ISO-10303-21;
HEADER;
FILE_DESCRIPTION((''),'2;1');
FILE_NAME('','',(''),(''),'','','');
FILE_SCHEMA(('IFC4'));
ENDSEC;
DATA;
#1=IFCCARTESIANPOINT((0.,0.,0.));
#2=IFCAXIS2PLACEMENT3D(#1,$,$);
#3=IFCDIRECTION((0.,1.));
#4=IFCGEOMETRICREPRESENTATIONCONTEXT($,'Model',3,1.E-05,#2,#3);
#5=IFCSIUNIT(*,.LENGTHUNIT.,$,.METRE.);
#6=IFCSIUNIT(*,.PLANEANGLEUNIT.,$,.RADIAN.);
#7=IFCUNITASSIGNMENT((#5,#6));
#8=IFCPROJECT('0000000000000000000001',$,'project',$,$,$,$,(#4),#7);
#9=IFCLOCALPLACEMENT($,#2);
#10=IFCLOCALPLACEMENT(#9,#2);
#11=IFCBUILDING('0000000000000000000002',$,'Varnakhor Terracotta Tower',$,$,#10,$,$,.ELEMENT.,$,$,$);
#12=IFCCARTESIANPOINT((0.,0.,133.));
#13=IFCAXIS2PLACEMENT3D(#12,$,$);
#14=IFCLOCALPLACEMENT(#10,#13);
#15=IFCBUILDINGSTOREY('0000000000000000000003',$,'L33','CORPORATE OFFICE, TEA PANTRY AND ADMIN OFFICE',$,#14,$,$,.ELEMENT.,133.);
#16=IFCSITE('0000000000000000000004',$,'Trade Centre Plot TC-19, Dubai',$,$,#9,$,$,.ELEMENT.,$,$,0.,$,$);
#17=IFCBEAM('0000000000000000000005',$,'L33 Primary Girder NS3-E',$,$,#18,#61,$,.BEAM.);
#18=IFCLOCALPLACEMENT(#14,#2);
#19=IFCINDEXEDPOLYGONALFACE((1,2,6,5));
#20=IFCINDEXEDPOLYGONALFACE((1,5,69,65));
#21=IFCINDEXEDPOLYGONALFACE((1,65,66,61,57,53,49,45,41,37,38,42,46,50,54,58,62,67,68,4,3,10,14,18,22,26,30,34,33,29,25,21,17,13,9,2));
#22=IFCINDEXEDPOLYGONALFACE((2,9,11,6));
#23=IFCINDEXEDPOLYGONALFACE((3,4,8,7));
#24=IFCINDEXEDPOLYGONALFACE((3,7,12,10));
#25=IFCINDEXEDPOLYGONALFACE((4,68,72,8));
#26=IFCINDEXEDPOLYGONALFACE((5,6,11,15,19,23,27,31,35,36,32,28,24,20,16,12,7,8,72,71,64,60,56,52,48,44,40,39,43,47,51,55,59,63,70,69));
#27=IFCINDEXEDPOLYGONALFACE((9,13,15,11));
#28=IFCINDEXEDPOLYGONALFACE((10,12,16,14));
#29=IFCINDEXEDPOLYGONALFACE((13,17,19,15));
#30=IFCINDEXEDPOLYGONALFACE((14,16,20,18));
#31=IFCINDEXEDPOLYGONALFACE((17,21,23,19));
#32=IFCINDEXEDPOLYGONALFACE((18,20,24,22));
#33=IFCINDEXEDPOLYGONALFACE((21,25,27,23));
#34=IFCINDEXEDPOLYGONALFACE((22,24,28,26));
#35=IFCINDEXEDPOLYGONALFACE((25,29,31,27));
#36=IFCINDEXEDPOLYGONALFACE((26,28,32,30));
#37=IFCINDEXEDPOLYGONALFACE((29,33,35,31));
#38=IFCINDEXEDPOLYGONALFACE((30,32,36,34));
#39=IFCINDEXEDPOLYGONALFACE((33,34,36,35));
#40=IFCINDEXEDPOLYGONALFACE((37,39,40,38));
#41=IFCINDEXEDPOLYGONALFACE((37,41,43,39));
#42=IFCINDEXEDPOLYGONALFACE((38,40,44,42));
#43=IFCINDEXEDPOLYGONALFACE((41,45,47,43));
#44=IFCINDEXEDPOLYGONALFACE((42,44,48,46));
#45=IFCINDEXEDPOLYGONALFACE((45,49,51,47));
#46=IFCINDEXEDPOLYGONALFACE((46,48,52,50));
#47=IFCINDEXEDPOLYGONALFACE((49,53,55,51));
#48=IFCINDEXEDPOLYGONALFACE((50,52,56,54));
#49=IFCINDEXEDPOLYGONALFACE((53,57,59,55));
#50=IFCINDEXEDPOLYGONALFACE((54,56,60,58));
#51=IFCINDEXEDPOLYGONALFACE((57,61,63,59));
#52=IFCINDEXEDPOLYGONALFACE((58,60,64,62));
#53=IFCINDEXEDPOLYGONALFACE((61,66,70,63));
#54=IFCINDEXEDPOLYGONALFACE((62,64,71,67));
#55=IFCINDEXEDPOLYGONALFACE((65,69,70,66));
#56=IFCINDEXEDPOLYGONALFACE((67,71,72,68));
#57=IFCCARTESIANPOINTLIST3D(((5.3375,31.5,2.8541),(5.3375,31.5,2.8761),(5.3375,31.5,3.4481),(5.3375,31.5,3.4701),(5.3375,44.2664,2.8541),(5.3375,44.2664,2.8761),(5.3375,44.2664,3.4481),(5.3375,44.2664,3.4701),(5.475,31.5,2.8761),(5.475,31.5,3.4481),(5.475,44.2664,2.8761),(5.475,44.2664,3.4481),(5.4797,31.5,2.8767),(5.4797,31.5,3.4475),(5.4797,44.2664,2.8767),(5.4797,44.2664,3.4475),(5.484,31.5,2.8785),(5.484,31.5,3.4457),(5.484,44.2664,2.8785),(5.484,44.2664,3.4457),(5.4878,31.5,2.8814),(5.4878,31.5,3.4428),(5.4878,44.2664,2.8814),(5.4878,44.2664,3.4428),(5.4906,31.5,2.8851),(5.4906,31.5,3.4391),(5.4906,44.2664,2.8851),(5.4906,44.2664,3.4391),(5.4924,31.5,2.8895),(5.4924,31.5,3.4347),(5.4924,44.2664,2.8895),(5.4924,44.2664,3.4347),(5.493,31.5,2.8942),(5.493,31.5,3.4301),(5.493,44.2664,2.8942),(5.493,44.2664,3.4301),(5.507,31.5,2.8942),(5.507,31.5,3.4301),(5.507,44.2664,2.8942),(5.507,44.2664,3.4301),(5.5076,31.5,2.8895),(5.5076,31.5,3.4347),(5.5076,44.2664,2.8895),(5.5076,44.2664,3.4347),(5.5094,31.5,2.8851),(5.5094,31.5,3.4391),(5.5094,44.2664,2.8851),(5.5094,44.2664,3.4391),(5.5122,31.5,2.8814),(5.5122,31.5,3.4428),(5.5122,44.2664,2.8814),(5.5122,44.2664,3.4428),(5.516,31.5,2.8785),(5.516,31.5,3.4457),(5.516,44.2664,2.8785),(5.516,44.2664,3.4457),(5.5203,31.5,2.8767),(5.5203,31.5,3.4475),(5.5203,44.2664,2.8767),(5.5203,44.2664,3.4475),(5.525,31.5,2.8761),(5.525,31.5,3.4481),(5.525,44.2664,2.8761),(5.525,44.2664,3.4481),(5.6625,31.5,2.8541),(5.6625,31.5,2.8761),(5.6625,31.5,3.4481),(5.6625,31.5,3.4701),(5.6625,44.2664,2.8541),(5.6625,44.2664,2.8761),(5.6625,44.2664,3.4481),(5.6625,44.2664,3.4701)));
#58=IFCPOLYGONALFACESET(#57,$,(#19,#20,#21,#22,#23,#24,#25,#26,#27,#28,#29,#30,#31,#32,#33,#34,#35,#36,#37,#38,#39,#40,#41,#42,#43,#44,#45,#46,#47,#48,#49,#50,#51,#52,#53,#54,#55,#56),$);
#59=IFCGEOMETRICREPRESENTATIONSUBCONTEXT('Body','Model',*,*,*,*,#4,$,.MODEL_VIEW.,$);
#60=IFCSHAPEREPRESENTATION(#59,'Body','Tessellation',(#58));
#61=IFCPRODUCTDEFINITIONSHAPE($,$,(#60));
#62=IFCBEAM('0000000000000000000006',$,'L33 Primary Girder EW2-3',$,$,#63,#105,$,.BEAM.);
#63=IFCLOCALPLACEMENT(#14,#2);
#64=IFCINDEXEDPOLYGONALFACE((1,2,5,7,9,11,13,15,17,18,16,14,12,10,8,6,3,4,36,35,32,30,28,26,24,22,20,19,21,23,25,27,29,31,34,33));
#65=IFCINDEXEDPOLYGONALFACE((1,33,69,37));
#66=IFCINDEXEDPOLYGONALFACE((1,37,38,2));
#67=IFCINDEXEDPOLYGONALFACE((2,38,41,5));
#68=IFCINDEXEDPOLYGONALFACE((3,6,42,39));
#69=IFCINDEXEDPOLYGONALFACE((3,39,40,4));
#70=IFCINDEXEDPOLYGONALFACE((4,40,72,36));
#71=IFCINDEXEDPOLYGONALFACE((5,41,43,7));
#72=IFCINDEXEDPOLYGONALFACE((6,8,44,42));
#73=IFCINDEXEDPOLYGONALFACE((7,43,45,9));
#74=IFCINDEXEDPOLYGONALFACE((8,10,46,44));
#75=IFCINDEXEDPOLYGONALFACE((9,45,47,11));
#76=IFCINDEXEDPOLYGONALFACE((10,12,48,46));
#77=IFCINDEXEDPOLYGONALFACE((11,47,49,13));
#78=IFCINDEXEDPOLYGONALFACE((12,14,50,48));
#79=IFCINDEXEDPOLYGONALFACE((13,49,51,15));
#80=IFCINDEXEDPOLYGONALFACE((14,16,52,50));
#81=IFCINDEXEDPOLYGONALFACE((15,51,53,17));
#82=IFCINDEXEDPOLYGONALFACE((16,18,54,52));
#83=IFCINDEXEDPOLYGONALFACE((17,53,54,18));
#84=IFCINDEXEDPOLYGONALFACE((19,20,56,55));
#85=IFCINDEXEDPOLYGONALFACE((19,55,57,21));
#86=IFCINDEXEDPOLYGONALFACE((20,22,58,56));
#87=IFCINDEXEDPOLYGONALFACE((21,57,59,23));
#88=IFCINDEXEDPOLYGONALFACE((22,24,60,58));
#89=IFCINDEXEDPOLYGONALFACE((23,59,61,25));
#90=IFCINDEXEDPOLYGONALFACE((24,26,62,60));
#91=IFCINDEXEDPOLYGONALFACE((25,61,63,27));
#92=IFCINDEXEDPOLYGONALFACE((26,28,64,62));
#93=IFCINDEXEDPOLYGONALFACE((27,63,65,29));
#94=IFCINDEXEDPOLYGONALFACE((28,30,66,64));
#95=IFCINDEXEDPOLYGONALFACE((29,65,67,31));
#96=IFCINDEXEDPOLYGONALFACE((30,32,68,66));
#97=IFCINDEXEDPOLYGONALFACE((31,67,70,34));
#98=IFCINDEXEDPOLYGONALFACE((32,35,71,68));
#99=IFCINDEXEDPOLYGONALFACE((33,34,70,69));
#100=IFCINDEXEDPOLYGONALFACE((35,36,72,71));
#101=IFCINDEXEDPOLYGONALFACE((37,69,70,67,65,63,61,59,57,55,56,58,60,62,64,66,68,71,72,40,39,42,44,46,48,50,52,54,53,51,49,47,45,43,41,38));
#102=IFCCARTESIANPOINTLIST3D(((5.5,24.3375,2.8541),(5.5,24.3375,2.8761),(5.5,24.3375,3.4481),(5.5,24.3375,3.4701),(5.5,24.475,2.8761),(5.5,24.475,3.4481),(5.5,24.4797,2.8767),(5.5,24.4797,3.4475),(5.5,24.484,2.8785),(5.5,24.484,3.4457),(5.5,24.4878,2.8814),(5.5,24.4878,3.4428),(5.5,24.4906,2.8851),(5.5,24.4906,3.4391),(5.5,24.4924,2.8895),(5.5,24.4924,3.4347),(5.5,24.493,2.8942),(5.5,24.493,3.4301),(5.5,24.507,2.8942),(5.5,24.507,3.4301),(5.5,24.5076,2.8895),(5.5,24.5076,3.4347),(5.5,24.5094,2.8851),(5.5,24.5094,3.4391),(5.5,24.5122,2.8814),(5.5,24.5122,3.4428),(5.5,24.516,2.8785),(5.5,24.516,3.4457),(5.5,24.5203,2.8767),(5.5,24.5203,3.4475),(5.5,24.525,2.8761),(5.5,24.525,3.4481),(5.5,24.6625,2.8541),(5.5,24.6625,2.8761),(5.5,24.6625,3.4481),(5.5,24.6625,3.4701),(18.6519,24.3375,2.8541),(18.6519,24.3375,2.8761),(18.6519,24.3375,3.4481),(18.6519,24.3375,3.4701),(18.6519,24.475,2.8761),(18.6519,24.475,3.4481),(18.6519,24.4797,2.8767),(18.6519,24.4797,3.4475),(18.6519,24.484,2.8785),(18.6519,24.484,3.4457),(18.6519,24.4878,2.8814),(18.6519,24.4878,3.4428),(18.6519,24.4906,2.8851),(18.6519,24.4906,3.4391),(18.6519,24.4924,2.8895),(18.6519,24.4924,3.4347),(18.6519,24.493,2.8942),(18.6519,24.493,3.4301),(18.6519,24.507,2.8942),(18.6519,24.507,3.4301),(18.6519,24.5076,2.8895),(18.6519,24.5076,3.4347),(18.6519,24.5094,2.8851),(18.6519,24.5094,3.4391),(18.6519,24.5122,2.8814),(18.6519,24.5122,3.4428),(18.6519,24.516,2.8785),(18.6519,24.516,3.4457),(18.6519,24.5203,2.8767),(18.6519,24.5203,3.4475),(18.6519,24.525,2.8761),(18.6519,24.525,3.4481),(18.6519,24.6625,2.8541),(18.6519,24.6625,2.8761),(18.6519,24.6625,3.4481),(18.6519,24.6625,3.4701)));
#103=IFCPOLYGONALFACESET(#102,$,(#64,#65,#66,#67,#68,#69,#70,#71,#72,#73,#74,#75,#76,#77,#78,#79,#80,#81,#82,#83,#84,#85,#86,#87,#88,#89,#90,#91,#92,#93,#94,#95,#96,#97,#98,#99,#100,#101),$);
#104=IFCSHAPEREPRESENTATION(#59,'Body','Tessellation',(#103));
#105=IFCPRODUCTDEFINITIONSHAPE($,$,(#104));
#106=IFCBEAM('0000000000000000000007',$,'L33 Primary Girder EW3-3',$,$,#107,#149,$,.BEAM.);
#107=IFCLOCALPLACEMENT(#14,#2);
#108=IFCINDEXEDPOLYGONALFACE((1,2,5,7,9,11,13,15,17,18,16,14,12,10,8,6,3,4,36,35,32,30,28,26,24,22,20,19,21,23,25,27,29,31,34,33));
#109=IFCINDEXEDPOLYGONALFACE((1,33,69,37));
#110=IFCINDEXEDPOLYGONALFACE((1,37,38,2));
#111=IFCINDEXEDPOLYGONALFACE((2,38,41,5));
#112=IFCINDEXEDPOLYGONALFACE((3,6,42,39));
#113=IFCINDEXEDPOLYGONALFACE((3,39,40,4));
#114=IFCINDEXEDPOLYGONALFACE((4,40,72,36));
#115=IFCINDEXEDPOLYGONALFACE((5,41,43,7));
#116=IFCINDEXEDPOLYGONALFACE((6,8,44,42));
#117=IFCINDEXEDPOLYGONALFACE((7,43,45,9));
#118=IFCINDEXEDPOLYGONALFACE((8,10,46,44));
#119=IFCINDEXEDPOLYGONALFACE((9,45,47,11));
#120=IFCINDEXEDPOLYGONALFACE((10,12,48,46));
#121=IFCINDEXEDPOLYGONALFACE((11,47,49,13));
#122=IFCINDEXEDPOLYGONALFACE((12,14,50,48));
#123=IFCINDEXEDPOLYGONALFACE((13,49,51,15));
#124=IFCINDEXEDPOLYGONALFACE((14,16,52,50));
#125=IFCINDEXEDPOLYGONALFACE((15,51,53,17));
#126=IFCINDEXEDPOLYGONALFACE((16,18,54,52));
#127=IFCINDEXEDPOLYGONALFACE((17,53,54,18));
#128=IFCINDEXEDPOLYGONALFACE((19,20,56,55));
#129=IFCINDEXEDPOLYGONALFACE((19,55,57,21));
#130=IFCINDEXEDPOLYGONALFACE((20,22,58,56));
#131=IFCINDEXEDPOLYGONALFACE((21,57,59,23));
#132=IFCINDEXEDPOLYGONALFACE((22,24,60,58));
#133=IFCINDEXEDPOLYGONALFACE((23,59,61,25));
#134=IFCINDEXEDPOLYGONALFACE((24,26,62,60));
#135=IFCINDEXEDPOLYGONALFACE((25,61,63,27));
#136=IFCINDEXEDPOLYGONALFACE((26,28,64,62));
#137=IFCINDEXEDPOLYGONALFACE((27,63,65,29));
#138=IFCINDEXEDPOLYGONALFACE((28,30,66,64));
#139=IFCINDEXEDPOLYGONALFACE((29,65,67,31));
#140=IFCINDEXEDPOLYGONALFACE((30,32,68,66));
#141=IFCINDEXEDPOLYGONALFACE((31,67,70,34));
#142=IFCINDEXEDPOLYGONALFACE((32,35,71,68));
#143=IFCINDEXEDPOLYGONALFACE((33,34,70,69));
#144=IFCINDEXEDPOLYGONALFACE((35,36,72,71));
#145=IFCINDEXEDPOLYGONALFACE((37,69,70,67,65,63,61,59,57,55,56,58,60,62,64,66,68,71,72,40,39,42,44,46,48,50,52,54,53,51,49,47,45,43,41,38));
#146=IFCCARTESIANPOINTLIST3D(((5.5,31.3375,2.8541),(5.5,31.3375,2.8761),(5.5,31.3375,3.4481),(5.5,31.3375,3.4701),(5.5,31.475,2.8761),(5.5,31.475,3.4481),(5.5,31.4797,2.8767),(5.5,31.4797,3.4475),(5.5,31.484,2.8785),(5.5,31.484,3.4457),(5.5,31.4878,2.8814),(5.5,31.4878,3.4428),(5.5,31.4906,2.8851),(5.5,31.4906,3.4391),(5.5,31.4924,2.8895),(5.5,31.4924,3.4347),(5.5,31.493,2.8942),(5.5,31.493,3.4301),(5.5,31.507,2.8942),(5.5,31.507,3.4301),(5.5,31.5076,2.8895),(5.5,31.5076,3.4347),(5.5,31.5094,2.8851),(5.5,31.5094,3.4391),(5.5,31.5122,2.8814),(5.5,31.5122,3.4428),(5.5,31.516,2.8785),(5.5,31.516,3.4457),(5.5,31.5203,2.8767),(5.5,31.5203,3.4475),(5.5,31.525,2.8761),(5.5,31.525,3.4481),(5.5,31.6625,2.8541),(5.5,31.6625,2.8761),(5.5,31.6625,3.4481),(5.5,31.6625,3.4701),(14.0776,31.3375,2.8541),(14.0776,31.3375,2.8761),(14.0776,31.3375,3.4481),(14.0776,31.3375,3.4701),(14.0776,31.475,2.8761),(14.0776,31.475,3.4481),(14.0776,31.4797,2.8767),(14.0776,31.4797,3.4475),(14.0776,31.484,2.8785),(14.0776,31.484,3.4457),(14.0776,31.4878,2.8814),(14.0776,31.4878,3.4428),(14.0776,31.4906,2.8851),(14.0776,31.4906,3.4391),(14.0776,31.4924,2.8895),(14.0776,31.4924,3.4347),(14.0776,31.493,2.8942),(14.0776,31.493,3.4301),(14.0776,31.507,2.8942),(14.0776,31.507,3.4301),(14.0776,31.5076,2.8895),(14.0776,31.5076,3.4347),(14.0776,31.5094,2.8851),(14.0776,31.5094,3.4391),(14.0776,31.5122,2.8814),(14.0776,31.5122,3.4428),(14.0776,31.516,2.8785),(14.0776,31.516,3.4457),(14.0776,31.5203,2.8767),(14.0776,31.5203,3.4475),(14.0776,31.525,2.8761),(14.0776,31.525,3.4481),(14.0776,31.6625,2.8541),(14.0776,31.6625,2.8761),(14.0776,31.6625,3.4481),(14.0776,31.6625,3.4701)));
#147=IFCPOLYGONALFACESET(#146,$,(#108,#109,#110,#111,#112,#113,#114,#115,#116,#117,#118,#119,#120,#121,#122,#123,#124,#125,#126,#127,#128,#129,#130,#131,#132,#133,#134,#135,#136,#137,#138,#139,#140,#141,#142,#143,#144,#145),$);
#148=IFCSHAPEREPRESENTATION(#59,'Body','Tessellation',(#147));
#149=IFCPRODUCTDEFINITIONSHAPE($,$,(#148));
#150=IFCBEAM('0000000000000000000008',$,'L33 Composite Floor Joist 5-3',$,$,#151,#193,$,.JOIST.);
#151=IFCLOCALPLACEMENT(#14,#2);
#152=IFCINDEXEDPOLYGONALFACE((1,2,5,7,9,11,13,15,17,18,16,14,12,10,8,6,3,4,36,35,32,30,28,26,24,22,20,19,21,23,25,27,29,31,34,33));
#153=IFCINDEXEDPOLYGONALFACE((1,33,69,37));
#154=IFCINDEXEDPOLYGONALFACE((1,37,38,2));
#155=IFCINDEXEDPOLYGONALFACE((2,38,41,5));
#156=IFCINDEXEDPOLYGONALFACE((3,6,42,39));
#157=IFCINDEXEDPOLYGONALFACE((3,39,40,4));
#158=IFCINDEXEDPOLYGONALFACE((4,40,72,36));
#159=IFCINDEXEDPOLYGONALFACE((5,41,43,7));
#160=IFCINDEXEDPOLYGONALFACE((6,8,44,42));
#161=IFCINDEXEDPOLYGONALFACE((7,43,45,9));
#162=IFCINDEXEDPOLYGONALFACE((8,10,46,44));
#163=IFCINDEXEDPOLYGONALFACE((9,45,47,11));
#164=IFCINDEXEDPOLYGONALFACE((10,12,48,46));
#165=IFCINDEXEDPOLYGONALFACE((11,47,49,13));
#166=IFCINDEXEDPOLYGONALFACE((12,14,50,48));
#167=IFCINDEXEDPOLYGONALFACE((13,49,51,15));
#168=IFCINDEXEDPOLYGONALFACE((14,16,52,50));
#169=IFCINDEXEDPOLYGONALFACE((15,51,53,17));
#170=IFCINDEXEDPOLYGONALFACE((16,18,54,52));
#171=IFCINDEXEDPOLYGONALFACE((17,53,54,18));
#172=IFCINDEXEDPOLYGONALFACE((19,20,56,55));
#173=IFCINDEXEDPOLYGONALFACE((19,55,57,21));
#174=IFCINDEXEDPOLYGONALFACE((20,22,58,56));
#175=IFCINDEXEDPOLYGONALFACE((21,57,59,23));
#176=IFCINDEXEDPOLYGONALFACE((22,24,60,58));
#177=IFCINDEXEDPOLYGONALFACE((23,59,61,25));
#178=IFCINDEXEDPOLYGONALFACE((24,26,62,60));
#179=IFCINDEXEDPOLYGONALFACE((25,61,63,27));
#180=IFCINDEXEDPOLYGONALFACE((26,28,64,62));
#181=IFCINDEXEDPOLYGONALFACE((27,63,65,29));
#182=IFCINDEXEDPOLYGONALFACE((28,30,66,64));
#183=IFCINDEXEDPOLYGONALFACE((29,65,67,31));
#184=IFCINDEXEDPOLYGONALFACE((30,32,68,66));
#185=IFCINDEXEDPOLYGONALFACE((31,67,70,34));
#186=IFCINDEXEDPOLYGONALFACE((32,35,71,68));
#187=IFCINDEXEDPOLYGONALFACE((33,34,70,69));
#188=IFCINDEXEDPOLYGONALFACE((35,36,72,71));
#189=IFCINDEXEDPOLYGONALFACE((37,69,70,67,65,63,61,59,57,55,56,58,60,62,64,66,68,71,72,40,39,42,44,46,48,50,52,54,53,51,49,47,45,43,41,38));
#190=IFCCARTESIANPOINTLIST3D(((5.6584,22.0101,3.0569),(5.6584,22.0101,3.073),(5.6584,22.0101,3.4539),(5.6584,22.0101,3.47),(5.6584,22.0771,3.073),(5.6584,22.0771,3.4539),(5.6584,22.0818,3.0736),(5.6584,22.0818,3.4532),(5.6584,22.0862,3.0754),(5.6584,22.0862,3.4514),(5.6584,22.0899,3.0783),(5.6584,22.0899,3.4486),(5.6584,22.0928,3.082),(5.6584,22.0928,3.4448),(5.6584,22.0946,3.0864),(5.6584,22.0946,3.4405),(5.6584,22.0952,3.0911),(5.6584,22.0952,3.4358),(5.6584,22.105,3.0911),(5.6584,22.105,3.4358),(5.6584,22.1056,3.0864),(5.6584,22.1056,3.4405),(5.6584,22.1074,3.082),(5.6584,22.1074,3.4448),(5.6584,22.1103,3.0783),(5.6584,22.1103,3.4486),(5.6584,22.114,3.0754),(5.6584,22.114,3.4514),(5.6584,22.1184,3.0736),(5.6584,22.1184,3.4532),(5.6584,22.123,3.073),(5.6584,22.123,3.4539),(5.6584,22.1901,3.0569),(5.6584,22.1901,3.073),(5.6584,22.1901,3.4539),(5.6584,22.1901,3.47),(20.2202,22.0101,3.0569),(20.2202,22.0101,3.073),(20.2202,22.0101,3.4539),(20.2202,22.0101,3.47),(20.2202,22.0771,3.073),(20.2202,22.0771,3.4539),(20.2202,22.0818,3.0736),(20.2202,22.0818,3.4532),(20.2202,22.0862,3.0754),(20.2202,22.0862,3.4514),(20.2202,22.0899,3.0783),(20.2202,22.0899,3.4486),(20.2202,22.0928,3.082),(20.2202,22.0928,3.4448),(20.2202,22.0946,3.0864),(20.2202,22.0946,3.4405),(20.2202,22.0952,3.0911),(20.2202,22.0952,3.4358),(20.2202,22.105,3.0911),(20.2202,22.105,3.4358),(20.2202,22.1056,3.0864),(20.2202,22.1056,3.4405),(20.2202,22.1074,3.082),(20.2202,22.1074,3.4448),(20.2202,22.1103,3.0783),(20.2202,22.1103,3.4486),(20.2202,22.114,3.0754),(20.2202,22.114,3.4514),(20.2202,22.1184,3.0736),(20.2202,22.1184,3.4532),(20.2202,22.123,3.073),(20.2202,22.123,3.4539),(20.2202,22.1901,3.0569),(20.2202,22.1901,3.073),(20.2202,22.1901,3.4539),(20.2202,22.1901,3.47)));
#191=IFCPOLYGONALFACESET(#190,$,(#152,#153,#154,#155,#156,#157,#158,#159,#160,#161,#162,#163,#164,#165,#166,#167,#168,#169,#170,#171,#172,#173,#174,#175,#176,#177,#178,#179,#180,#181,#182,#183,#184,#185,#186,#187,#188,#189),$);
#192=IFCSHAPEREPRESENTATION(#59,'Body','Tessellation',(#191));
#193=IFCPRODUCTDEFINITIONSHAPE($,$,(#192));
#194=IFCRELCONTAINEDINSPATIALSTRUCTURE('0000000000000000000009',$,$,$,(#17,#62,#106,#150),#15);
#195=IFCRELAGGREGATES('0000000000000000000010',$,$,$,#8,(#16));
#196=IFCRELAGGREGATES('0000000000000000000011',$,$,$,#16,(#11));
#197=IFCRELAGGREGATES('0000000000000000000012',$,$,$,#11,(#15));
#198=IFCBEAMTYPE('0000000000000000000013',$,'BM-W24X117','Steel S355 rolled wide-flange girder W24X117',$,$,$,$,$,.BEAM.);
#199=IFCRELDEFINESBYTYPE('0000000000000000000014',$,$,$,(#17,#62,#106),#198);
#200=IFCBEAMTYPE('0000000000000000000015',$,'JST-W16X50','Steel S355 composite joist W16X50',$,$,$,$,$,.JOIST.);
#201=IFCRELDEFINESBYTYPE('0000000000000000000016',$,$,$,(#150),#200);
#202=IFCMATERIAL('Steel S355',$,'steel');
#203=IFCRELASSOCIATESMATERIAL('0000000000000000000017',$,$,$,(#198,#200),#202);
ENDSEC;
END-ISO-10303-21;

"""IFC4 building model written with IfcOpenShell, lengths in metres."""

from ifc_helpers import new_model, si_unit, direction, frame, origin, origin_2d, place, context, subcontext, project, spatial, i_section, extrude, source, transform, mapped, material, material_profile, profile_set, type_object, element, save


model = new_model("IFC4")

# Units and contexts
model_context = context("Model", 3, precision=1e-05, world=origin(), true_north=direction((0.0, 1.0)))
body_context = subcontext(model_context, "Body", "Model", "MODEL_VIEW")
ifc_project = project(units=[si_unit("LENGTHUNIT", "METRE"), si_unit("PLANEANGLEUNIT", "RADIAN")], contexts=[model_context])

# Site, building, storey
site_placement = place(None, origin())
site = spatial("IfcSite", under=ifc_project, at=site_placement, Name="Trade Centre Plot TC-19, Dubai", CompositionType="ELEMENT", RefElevation=0.0)
building_placement = place(site_placement, origin())
building = spatial("IfcBuilding", under=site, at=building_placement, Name="Varnakhor Terracotta Tower", CompositionType="ELEMENT")
storey_placement = place(building_placement, frame((0.0, 0.0, 133.0)))
storey = spatial("IfcBuildingStorey", under=building, at=storey_placement, Name="L33", Description="CORPORATE OFFICE, TEA PANTRY AND ADMIN OFFICE", CompositionType="ELEMENT", Elevation=133.0)

# Beams
ifc_material_1 = material(Name="Steel S355", Category="steel")
ifc_material_profile_1 = material_profile(ifc_material_1, i_section(OverallWidth=0.325, OverallDepth=0.616, WebThickness=0.0139, FlangeThickness=0.022, FilletRadius=0.0181, at=origin_2d()), Name="W24X117")
ifc_profile_set_1 = profile_set([ifc_material_profile_1], Name="Steel S355")
beam_type_1 = type_object("IfcBeamType", Name="BM-W24X117", Description="Steel S355 rolled wide-flange girder W24X117", PredefinedType="BEAM", material=ifc_profile_set_1)
shared_shape_1 = source(origin(), body_context, "Body", "SweptSolid", [
    extrude(i_section(OverallWidth=0.325, OverallDepth=0.616, WebThickness=0.0139, FlangeThickness=0.022, FilletRadius=0.0181, at=origin_2d()), origin(), (0.0, 0.0, 1.0), 12.7664),
])
beam_1_placement = place(storey_placement, frame((5.5, 31.5, 3.1621), z_axis=(0.0, 1.0, 0.0), x_axis=(-1.0, 0.0, 0.0)))
element("IfcBeam", 1, at=beam_1_placement, inside=storey, type_object=beam_type_1, Name="L33 Primary Girder NS3-E", PredefinedType="BEAM", context=body_context, shape_type="MappedRepresentation", body=[
    mapped(shared_shape_1, transform((0.0, 0.0, 0.0), scale=1.0)),
])
shared_shape_2 = source(origin(), body_context, "Body", "SweptSolid", [
    extrude(i_section(OverallWidth=0.325, OverallDepth=0.616, WebThickness=0.0139, FlangeThickness=0.022, FilletRadius=0.0181, at=origin_2d()), origin(), (0.0, 0.0, 1.0), 13.1519),
])
beam_2_placement = place(storey_placement, frame((5.5, 24.5, 3.1621), z_axis=(1.0, 0.0, 0.0), x_axis=(0.0, 1.0, 0.0)))
element("IfcBeam", 2, at=beam_2_placement, inside=storey, type_object=beam_type_1, Name="L33 Primary Girder EW2-3", PredefinedType="BEAM", context=body_context, shape_type="MappedRepresentation", body=[
    mapped(shared_shape_2, transform((0.0, 0.0, 0.0), scale=1.0)),
])
shared_shape_3 = source(origin(), body_context, "Body", "SweptSolid", [
    extrude(i_section(OverallWidth=0.325, OverallDepth=0.616, WebThickness=0.0139, FlangeThickness=0.022, FilletRadius=0.0181, at=origin_2d()), origin(), (0.0, 0.0, 1.0), 8.5776),
])
beam_3_placement = place(storey_placement, frame((5.5, 31.5, 3.1621), z_axis=(1.0, 0.0, 0.0), x_axis=(0.0, 1.0, 0.0)))
element("IfcBeam", 3, at=beam_3_placement, inside=storey, type_object=beam_type_1, Name="L33 Primary Girder EW3-3", PredefinedType="BEAM", context=body_context, shape_type="MappedRepresentation", body=[
    mapped(shared_shape_3, transform((0.0, 0.0, 0.0), scale=1.0)),
])
ifc_material_profile_2 = material_profile(ifc_material_1, i_section(OverallWidth=0.1799, OverallDepth=0.4131, WebThickness=0.0098, FlangeThickness=0.0161, FilletRadius=0.0181, at=origin_2d()), Name="W16X50")
ifc_profile_set_2 = profile_set([ifc_material_profile_2], Name="Steel S355")
beam_type_2 = type_object("IfcBeamType", Name="JST-W16X50", Description="Steel S355 composite joist W16X50", PredefinedType="JOIST", material=ifc_profile_set_2)
shared_shape_4 = source(origin(), body_context, "Body", "SweptSolid", [
    extrude(i_section(OverallWidth=0.1799, OverallDepth=0.4131, WebThickness=0.0098, FlangeThickness=0.0161, FilletRadius=0.0181, at=origin_2d()), origin(), (0.0, 0.0, 1.0), 14.5618),
])
beam_4_placement = place(storey_placement, frame((5.6584, 22.1001, 3.2634), z_axis=(1.0, 0.0, 0.0), x_axis=(0.0, 1.0, 0.0)))
element("IfcBeam", 4, at=beam_4_placement, inside=storey, type_object=beam_type_2, Name="L33 Composite Floor Joist 5-3", PredefinedType="JOIST", context=body_context, shape_type="MappedRepresentation", body=[
    mapped(shared_shape_4, transform((0.0, 0.0, 0.0), scale=1.0)),
])

save(model, "model.ifc")
